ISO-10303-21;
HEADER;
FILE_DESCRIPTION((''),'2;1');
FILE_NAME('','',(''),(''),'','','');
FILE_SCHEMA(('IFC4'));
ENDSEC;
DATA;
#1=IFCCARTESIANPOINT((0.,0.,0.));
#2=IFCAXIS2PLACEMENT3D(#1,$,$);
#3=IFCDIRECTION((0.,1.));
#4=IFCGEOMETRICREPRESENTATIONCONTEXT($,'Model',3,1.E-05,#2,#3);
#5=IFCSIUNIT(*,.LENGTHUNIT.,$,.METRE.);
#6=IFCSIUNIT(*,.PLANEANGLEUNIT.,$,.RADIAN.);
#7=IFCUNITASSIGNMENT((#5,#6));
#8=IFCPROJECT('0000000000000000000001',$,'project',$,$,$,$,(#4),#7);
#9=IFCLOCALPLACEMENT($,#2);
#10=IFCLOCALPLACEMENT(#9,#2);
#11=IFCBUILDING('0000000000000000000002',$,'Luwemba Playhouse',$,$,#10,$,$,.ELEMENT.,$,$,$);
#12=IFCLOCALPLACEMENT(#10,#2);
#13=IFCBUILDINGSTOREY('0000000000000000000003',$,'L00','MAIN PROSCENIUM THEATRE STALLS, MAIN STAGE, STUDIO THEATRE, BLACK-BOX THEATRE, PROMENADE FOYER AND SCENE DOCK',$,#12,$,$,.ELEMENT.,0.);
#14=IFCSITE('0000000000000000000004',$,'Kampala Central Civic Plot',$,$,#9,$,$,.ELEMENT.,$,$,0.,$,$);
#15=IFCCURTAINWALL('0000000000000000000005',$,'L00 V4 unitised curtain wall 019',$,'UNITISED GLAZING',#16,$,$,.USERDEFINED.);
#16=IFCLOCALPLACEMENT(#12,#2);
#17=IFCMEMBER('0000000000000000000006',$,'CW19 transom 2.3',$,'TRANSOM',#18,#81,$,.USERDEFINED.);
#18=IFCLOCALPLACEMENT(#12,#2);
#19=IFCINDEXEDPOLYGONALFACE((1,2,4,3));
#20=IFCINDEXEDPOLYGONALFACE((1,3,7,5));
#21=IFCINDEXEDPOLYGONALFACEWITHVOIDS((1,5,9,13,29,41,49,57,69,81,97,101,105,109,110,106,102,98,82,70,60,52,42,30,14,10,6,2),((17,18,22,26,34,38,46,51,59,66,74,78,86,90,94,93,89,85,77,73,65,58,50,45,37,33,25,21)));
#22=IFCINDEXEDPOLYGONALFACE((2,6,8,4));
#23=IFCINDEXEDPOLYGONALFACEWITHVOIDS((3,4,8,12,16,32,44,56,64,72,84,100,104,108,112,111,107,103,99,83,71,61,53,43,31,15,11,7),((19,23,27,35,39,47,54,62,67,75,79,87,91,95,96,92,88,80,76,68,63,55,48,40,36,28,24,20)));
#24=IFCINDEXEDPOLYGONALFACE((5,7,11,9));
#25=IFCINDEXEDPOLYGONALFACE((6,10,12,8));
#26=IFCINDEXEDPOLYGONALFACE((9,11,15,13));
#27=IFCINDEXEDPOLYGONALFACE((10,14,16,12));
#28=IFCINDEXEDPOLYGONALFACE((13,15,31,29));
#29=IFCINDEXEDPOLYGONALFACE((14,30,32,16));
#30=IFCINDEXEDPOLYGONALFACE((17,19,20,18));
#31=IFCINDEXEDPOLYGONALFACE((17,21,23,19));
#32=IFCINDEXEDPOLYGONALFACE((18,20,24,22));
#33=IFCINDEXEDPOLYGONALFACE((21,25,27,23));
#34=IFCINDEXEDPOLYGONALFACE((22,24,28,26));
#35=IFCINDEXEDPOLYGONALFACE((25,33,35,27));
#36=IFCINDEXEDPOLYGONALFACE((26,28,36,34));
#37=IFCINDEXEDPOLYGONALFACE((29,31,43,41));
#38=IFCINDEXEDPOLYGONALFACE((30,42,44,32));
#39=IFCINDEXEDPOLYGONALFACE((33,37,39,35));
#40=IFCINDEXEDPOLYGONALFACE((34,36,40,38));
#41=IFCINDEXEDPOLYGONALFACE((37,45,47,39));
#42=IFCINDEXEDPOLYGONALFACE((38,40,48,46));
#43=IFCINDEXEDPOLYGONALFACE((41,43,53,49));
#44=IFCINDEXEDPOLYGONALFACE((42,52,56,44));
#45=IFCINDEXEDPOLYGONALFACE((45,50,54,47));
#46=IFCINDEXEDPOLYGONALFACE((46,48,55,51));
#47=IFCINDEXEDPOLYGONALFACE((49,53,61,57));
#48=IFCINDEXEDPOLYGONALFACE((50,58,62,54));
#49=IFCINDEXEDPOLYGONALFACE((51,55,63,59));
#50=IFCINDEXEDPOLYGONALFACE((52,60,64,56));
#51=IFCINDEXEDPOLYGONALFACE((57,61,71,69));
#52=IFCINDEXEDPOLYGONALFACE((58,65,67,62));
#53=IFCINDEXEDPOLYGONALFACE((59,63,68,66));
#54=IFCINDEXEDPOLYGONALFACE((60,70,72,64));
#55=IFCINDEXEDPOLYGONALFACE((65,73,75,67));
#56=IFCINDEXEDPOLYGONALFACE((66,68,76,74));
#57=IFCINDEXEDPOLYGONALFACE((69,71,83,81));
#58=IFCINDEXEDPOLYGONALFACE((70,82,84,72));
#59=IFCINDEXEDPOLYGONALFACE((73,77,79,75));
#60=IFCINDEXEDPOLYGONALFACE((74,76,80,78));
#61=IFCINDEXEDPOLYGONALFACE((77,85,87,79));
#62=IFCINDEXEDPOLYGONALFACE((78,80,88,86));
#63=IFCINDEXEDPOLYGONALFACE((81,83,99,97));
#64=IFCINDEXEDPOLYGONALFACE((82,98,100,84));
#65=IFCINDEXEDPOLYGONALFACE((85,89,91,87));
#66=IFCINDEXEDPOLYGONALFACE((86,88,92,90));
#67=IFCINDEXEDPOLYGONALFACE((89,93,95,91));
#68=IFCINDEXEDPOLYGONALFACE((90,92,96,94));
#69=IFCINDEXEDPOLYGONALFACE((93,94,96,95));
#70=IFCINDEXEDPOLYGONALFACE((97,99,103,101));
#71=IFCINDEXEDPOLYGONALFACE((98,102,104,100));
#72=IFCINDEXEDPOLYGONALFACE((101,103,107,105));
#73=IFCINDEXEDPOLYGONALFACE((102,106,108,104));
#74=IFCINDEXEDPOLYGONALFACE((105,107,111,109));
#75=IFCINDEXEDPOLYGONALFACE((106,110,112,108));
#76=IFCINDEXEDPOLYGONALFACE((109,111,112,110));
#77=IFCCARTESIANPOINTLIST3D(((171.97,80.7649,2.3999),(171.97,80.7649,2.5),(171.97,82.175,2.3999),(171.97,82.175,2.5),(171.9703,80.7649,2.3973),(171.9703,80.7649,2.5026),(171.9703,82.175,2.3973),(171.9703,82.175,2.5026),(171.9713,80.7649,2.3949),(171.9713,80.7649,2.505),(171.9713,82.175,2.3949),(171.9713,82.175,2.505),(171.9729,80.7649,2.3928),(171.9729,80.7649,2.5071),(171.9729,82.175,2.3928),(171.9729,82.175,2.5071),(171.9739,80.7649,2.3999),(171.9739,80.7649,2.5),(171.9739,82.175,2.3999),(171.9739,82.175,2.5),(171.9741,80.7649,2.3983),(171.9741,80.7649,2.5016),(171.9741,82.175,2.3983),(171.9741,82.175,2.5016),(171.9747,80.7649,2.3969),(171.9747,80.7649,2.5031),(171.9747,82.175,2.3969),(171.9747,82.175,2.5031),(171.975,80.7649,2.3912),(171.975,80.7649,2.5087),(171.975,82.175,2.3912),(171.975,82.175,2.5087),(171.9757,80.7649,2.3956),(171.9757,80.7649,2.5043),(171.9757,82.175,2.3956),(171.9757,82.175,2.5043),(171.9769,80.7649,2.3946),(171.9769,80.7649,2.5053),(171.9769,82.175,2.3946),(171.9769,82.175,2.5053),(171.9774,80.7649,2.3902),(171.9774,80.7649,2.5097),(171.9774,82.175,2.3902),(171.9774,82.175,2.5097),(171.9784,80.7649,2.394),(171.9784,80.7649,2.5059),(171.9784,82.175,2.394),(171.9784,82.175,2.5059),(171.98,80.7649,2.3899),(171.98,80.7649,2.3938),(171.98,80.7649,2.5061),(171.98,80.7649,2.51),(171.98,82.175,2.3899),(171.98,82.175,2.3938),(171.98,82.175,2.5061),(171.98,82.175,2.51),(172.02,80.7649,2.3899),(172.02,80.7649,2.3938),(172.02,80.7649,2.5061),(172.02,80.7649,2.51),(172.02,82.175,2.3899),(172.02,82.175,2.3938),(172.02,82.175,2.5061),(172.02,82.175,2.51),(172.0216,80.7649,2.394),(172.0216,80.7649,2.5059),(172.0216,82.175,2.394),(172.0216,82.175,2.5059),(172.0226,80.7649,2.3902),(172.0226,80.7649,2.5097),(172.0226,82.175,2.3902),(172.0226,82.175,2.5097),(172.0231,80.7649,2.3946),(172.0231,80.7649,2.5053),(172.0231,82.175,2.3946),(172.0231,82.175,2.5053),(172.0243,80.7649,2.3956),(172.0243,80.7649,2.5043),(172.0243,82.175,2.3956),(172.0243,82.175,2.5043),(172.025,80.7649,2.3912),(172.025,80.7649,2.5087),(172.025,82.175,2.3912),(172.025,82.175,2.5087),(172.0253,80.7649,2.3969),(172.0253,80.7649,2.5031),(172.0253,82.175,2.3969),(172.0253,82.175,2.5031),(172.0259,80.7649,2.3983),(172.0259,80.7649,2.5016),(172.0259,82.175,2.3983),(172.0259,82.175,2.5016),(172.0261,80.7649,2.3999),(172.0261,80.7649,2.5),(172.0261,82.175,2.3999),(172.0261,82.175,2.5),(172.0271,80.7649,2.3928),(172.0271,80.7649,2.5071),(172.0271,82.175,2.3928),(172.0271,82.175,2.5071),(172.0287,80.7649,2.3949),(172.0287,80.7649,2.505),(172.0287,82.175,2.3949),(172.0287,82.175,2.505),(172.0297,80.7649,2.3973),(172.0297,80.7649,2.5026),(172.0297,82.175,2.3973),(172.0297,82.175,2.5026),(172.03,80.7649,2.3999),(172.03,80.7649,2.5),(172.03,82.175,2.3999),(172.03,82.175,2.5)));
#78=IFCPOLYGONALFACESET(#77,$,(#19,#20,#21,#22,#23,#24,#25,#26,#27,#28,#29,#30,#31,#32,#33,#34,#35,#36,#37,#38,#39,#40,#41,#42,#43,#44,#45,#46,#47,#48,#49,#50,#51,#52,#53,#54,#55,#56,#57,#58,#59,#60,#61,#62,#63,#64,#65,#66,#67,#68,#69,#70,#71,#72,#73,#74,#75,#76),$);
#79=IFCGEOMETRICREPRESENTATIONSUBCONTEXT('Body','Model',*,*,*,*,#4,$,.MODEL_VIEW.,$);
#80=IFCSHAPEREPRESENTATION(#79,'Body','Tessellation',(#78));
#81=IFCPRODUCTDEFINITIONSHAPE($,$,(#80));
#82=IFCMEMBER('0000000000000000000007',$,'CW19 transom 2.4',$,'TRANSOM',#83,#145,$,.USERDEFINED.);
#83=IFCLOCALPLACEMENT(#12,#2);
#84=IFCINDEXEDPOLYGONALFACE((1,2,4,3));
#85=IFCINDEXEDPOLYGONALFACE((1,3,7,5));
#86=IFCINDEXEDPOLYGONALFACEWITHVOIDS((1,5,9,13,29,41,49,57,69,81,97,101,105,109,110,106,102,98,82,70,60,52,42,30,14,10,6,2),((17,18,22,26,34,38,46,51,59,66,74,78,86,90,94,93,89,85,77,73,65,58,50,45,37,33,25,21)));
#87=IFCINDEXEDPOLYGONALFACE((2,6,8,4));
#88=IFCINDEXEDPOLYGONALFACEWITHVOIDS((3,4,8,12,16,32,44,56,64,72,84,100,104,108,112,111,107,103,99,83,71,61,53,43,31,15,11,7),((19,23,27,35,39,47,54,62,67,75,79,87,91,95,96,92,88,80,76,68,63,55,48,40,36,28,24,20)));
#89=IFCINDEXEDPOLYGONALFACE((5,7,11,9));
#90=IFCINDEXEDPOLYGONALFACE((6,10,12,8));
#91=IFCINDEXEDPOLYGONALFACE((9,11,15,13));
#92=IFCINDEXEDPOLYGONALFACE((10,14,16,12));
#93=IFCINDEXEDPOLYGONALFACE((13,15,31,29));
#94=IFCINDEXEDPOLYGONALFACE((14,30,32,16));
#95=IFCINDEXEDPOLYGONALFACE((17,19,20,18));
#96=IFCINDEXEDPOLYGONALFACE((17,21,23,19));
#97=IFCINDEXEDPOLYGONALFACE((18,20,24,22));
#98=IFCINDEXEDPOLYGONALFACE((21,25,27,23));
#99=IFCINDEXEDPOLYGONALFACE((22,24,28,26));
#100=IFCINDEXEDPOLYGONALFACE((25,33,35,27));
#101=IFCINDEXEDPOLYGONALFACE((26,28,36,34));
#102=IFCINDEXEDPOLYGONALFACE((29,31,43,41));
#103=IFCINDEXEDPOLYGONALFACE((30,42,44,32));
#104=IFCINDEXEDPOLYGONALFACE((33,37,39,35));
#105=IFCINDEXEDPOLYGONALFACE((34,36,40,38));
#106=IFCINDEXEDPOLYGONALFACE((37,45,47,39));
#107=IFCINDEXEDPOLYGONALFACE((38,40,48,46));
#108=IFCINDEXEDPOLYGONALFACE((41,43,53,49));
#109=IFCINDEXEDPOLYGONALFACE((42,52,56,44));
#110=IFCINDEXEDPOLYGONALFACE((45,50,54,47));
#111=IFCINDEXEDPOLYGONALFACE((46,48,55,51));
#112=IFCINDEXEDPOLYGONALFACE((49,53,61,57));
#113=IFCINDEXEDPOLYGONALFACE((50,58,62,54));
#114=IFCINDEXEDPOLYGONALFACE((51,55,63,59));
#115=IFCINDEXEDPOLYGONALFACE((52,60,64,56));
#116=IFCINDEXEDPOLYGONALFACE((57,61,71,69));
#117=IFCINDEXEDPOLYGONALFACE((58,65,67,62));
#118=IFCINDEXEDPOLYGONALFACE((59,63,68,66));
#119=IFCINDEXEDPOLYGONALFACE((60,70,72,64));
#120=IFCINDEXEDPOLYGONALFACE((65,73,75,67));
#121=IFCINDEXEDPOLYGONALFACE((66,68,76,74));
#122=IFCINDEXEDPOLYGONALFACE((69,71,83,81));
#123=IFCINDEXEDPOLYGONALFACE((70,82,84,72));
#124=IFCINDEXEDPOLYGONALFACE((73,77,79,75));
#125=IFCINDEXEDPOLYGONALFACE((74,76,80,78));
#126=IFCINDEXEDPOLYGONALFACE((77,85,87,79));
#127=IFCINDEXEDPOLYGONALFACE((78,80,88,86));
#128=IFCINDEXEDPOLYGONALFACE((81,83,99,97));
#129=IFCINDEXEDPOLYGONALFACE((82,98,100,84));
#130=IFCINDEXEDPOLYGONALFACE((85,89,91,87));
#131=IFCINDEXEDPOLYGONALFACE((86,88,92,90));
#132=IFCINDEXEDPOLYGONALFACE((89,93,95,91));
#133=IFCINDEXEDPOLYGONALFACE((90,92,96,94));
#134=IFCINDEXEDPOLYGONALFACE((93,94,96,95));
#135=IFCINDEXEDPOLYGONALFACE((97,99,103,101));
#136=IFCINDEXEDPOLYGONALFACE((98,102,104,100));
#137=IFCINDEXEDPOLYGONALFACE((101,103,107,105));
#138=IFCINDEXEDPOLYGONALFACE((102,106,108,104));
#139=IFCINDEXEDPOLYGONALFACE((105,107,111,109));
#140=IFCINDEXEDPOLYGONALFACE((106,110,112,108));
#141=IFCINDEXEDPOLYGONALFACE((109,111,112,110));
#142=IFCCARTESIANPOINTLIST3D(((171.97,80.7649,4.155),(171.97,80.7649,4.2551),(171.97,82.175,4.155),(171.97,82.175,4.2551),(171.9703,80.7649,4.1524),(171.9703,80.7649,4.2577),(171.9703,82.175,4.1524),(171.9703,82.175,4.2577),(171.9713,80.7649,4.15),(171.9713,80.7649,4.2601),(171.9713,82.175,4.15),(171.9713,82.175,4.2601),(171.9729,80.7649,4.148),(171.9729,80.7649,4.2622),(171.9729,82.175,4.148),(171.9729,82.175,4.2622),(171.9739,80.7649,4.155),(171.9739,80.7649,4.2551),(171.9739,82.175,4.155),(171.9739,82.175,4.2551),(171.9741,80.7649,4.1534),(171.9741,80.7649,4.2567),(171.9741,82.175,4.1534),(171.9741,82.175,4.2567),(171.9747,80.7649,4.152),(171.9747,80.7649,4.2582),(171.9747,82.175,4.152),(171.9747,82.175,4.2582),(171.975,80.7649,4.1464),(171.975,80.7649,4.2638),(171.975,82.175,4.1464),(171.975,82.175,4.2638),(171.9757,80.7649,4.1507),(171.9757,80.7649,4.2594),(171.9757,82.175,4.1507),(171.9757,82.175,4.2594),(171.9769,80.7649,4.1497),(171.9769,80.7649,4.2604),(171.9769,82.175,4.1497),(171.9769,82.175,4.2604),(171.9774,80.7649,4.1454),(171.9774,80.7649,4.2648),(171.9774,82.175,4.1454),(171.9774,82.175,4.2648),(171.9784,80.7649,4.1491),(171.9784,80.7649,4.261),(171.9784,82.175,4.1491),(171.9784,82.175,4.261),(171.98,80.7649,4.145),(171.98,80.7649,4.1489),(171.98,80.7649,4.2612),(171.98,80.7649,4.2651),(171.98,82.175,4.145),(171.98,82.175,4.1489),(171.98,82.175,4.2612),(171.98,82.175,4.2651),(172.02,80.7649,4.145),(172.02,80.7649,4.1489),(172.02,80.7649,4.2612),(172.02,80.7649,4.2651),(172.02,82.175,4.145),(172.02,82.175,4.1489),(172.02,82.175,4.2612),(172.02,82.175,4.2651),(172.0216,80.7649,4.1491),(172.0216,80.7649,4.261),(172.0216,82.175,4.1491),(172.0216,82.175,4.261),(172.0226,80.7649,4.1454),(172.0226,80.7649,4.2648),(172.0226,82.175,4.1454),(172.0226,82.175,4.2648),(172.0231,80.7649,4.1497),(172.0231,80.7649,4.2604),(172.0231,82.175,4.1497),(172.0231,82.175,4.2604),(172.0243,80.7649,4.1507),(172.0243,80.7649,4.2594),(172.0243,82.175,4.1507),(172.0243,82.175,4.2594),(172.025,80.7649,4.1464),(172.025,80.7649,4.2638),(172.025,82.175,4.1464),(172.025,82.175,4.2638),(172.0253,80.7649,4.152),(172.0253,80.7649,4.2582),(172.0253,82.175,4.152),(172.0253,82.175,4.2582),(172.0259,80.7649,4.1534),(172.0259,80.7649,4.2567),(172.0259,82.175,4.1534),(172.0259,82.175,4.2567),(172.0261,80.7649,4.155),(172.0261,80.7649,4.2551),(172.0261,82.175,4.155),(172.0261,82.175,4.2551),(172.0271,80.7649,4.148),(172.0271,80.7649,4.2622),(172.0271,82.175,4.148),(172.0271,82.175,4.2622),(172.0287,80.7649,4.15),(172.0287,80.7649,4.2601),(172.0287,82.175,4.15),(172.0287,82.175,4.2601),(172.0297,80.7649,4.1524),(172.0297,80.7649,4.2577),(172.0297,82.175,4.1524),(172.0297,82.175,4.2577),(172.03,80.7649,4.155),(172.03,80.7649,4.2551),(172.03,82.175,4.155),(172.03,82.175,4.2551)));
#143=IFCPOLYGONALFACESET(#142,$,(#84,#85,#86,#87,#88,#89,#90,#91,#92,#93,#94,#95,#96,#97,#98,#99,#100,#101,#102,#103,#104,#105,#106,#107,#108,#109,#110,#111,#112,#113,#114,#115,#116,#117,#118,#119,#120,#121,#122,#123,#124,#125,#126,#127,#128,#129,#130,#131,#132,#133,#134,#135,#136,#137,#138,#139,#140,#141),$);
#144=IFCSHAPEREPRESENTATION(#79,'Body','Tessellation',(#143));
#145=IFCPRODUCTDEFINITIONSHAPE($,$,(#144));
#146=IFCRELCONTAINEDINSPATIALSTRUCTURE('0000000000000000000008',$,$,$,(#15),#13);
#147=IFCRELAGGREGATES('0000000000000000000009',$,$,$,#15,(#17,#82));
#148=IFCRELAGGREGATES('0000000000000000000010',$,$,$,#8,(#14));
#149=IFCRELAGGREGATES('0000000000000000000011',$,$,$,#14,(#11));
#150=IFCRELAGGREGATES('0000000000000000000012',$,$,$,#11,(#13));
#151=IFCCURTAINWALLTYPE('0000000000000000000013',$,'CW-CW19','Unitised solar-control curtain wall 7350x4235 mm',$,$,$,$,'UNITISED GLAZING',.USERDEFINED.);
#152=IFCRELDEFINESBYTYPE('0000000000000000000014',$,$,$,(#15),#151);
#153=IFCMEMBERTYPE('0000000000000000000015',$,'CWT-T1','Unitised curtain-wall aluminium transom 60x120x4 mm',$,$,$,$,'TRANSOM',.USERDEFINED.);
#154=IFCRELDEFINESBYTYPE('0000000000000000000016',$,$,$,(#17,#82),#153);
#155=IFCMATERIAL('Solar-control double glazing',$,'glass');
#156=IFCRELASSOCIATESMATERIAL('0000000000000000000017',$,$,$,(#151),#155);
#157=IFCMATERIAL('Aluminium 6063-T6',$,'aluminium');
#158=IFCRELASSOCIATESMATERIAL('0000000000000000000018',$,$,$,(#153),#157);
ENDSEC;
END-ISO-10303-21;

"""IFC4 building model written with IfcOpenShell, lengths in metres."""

from ifc_helpers import new_model, si_unit, direction, frame, origin, origin_2d, place, context, subcontext, project, spatial, hollow_rectangle, extrude, material, material_profile, profile_set, type_object, element, aggregate, save


model = new_model("IFC4")

# Units and contexts
model_context = context("Model", 3, precision=1e-05, world=origin(), true_north=direction((0.0, 1.0)))
body_context = subcontext(model_context, "Body", "Model", "MODEL_VIEW")
ifc_project = project(units=[si_unit("LENGTHUNIT", "METRE"), si_unit("PLANEANGLEUNIT", "RADIAN")], contexts=[model_context])

# Site, building, storey
site_placement = place(None, origin())
site = spatial("IfcSite", under=ifc_project, at=site_placement, Name="Kampala Central Civic Plot", CompositionType="ELEMENT", RefElevation=0.0)
building_placement = place(site_placement, origin())
building = spatial("IfcBuilding", under=site, at=building_placement, Name="Luwemba Playhouse", CompositionType="ELEMENT")
storey_placement = place(building_placement, origin())
storey = spatial("IfcBuildingStorey", under=building, at=storey_placement, Name="L00", Description="MAIN PROSCENIUM THEATRE STALLS, MAIN STAGE, STUDIO THEATRE, BLACK-BOX THEATRE, PROMENADE FOYER AND SCENE DOCK", CompositionType="ELEMENT", Elevation=0.0)

# Curtain wall, members
ifc_material_1 = material(Name="Solar-control double glazing", Category="glass")
curtain_wall_type = type_object("IfcCurtainWallType", Name="CW-CW19", Description="Unitised solar-control curtain wall 7350x4235 mm", ElementType="UNITISED GLAZING", PredefinedType="USERDEFINED", material=ifc_material_1)
curtain_wall_placement = place(storey_placement, origin())
curtain_wall = element("IfcCurtainWall", 1, at=curtain_wall_placement, inside=storey, type_object=curtain_wall_type, Name="L00 V4 unitised curtain wall 019", ObjectType="UNITISED GLAZING", PredefinedType="USERDEFINED")
ifc_material_2 = material(Name="Aluminium 6063-T6", Category="aluminium")
ifc_material_profile_1 = material_profile(ifc_material_2, hollow_rectangle(XDim=0.0601, YDim=0.1201, WallThickness=0.0039, InnerFilletRadius=0.0061, OuterFilletRadius=0.01, at=origin_2d()))
ifc_profile_set_1 = profile_set([ifc_material_profile_1], Name="Aluminium 6063-T6")
member_type_1 = type_object("IfcMemberType", Name="CWT-T1", Description="Unitised curtain-wall aluminium transom 60x120x4 mm", ElementType="TRANSOM", PredefinedType="USERDEFINED", material=ifc_profile_set_1)
member_1_placement = place(storey_placement, frame((172.0, 82.175, 2.45), z_axis=(0.0, -1.0, 0.0), x_axis=(1.0, 0.0, 0.0)))
member_1 = element("IfcMember", 2, at=member_1_placement, type_object=member_type_1, Name="CW19 transom 2.3", ObjectType="TRANSOM", PredefinedType="USERDEFINED", context=body_context, shape_type="SweptSolid", body=[
    extrude(hollow_rectangle(XDim=0.0601, YDim=0.1201, WallThickness=0.0039, InnerFilletRadius=0.0061, OuterFilletRadius=0.01, at=origin_2d()), origin(), (0.0, 0.0, 1.0), 1.4102),
])
member_2_placement = place(storey_placement, frame((172.0, 82.175, 4.2051), z_axis=(0.0, -1.0, 0.0), x_axis=(1.0, 0.0, 0.0)))
member_2 = element("IfcMember", 3, at=member_2_placement, type_object=member_type_1, Name="CW19 transom 2.4", ObjectType="TRANSOM", PredefinedType="USERDEFINED", context=body_context, shape_type="SweptSolid", body=[
    extrude(hollow_rectangle(XDim=0.0601, YDim=0.1201, WallThickness=0.0039, InnerFilletRadius=0.0061, OuterFilletRadius=0.01, at=origin_2d()), origin(), (0.0, 0.0, 1.0), 1.4102),
])
aggregate(curtain_wall, [member_1, member_2])

save(model, "model.ifc")
